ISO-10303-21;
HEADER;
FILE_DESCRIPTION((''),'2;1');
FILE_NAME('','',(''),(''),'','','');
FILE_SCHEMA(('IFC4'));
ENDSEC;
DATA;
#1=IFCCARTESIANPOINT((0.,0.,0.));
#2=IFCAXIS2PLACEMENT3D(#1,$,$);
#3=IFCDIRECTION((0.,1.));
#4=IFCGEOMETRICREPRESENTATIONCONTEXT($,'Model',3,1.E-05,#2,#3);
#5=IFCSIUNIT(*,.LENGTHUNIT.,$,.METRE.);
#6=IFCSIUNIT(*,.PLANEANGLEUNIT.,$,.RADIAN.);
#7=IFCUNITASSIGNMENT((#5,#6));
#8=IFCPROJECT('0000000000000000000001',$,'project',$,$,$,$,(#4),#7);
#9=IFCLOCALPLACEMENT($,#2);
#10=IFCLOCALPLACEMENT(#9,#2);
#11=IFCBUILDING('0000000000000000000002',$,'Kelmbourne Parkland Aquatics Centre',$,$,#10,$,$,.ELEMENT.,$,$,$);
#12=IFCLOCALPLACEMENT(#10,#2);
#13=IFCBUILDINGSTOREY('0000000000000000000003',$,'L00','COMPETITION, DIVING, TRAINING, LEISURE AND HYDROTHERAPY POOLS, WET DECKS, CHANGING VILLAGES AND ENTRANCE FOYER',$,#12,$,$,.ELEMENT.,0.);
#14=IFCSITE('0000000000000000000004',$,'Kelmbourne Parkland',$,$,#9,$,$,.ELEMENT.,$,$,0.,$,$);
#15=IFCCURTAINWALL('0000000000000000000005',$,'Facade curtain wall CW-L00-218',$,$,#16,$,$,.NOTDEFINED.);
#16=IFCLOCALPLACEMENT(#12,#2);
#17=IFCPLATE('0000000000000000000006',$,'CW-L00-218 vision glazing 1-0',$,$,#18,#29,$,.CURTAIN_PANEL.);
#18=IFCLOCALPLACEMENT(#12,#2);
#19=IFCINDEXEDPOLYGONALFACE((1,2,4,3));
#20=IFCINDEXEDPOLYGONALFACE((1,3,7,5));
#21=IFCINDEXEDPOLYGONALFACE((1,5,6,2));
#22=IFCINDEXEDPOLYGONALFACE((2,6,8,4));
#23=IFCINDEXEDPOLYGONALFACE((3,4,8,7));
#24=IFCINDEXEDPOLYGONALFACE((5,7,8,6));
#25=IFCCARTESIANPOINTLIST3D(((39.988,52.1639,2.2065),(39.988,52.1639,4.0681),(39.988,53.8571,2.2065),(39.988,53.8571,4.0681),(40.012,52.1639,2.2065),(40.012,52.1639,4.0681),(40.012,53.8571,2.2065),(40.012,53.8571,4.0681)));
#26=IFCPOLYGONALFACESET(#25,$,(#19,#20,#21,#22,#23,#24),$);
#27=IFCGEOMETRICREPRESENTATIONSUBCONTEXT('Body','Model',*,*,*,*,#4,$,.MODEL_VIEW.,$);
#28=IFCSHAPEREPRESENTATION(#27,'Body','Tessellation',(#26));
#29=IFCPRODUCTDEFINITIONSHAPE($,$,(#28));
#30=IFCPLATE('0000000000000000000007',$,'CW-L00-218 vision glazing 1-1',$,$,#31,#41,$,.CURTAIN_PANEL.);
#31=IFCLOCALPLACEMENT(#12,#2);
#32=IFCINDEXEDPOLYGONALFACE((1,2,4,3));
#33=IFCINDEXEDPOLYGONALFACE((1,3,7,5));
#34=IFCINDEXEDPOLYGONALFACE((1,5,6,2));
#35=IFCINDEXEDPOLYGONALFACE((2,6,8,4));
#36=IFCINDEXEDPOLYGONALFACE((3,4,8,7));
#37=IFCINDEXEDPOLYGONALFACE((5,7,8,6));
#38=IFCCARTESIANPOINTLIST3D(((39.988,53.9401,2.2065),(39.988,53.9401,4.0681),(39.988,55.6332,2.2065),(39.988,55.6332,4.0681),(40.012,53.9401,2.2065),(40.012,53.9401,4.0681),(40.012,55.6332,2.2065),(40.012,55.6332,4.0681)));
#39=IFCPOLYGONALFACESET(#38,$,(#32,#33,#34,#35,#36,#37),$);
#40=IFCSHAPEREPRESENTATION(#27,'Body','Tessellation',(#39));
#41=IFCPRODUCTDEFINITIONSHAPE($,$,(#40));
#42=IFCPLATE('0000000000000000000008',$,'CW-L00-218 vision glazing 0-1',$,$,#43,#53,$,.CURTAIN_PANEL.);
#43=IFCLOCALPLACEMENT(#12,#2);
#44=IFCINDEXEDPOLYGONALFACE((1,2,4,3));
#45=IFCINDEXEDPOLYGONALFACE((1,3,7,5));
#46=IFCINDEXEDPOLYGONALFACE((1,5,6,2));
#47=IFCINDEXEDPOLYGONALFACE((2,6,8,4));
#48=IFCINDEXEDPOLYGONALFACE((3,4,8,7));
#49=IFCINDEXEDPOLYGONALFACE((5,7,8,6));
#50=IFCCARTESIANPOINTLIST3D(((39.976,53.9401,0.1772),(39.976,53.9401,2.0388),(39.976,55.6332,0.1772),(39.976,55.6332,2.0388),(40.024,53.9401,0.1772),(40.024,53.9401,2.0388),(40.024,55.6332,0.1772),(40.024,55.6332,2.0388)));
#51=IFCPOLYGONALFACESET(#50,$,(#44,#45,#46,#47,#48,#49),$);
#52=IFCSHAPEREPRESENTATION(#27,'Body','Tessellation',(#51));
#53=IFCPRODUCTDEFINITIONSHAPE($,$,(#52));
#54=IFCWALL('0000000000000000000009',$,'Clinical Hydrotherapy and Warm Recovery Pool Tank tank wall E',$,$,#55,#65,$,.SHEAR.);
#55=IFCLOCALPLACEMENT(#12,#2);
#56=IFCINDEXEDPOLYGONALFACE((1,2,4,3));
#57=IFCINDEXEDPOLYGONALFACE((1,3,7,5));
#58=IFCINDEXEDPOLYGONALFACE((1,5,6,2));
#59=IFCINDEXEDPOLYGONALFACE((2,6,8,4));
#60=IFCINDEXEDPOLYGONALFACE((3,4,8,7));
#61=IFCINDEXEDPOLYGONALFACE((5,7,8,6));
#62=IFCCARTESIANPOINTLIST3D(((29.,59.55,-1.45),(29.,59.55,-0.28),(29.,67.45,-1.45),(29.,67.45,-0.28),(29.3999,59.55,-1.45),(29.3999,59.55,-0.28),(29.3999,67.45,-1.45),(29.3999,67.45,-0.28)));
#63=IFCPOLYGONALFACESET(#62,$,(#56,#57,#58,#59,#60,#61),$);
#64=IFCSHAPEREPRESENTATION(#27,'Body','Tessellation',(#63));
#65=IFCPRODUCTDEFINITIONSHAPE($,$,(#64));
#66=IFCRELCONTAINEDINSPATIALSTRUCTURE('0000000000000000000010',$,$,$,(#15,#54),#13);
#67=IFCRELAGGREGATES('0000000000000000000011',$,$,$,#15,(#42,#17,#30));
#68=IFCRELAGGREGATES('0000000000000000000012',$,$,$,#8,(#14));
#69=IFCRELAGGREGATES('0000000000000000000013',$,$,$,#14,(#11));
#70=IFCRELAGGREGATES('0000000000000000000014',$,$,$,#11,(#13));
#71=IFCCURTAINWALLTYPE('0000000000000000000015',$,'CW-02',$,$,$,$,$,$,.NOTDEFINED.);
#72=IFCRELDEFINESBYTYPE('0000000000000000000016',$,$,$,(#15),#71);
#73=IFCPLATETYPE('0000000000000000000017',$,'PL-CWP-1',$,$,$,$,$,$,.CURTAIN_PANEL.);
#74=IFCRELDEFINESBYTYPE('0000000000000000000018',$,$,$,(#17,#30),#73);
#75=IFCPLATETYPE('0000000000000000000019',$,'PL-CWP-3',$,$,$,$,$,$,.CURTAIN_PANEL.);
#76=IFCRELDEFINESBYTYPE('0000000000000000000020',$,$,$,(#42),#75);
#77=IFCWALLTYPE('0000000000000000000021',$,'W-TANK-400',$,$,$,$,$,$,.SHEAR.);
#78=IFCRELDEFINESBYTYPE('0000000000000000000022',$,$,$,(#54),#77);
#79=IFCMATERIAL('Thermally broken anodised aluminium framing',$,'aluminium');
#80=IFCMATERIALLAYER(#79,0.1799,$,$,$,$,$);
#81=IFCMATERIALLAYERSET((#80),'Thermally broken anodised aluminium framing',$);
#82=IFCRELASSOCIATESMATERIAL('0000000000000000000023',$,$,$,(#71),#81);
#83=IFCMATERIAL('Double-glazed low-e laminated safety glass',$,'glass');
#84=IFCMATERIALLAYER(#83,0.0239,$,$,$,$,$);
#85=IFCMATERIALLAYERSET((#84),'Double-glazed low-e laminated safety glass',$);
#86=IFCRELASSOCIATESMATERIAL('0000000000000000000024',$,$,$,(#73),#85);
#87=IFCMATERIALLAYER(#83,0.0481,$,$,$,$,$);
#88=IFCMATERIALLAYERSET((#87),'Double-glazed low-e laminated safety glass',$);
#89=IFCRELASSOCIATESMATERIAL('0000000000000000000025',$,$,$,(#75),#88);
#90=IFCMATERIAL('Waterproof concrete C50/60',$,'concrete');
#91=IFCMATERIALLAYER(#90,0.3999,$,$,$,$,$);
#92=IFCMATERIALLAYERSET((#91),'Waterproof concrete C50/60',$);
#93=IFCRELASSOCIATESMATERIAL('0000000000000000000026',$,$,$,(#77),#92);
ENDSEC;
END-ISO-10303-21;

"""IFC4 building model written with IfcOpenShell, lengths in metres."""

from ifc_helpers import new_model, si_unit, direction, frame, frame_2d, origin, origin_2d, place, context, subcontext, project, spatial, rectangle, extrude, material, layer, layer_set, type_object, element, aggregate, save


model = new_model("IFC4")

# Units and contexts
model_context = context("Model", 3, precision=1e-05, world=origin(), true_north=direction((0.0, 1.0)))
body_context = subcontext(model_context, "Body", "Model", "MODEL_VIEW")
ifc_project = project(units=[si_unit("LENGTHUNIT", "METRE"), si_unit("PLANEANGLEUNIT", "RADIAN")], contexts=[model_context])

# Site, building, storey
site_placement = place(None, origin())
site = spatial("IfcSite", under=ifc_project, at=site_placement, Name="Kelmbourne Parkland", CompositionType="ELEMENT", RefElevation=0.0)
building_placement = place(site_placement, origin())
building = spatial("IfcBuilding", under=site, at=building_placement, Name="Kelmbourne Parkland Aquatics Centre", CompositionType="ELEMENT")
storey_placement = place(building_placement, origin())
storey = spatial("IfcBuildingStorey", under=building, at=storey_placement, Name="L00", Description="COMPETITION, DIVING, TRAINING, LEISURE AND HYDROTHERAPY POOLS, WET DECKS, CHANGING VILLAGES AND ENTRANCE FOYER", CompositionType="ELEMENT", Elevation=0.0)

# Curtain wall, plates
ifc_material_1 = material(Name="Thermally broken anodised aluminium framing", Category="aluminium")
ifc_layer_1 = layer(ifc_material_1, 0.1799)
ifc_layer_set_1 = layer_set([ifc_layer_1], Name="Thermally broken anodised aluminium framing")
curtain_wall_type = type_object("IfcCurtainWallType", Name="CW-02", PredefinedType="NOTDEFINED", material=ifc_layer_set_1)
curtain_wall_placement = place(storey_placement, origin())
curtain_wall = element("IfcCurtainWall", 1, at=curtain_wall_placement, inside=storey, type_object=curtain_wall_type, Name="Facade curtain wall CW-L00-218", PredefinedType="NOTDEFINED")
ifc_material_2 = material(Name="Double-glazed low-e laminated safety glass", Category="glass")
ifc_layer_2 = layer(ifc_material_2, 0.0239)
ifc_layer_set_2 = layer_set([ifc_layer_2], Name="Double-glazed low-e laminated safety glass")
plate_type_1 = type_object("IfcPlateType", Name="PL-CWP-1", PredefinedType="CURTAIN_PANEL", material=ifc_layer_set_2)
plate_1_placement = place(storey_placement, frame((40.0, 53.0105, 2.2065), z_axis=(0.0, 0.0, 1.0), x_axis=(0.0, 1.0, 0.0)))
plate_1 = element("IfcPlate", 2, at=plate_1_placement, type_object=plate_type_1, Name="CW-L00-218 vision glazing 1-0", PredefinedType="CURTAIN_PANEL", context=body_context, shape_type="SweptSolid", body=[
    extrude(rectangle(XDim=1.6931, YDim=0.0239, at=origin_2d()), origin(), (0.0, 0.0, 1.0), 1.8616),
])
plate_2_placement = place(storey_placement, frame((40.0, 54.7866, 2.2065), z_axis=(0.0, 0.0, 1.0), x_axis=(0.0, 1.0, 0.0)))
plate_2 = element("IfcPlate", 3, at=plate_2_placement, type_object=plate_type_1, Name="CW-L00-218 vision glazing 1-1", PredefinedType="CURTAIN_PANEL", context=body_context, shape_type="SweptSolid", body=[
    extrude(rectangle(XDim=1.6931, YDim=0.0239, at=origin_2d()), origin(), (0.0, 0.0, 1.0), 1.8616),
])
ifc_layer_3 = layer(ifc_material_2, 0.0481)
ifc_layer_set_3 = layer_set([ifc_layer_3], Name="Double-glazed low-e laminated safety glass")
plate_type_2 = type_object("IfcPlateType", Name="PL-CWP-3", PredefinedType="CURTAIN_PANEL", material=ifc_layer_set_3)
plate_3_placement = place(storey_placement, frame((40.0, 54.7866, 0.1772), z_axis=(0.0, 0.0, 1.0), x_axis=(0.0, 1.0, 0.0)))
plate_3 = element("IfcPlate", 4, at=plate_3_placement, type_object=plate_type_2, Name="CW-L00-218 vision glazing 0-1", PredefinedType="CURTAIN_PANEL", context=body_context, shape_type="SweptSolid", body=[
    extrude(rectangle(XDim=1.6931, YDim=0.0481, at=origin_2d()), origin(), (0.0, 0.0, 1.0), 1.8616),
])
aggregate(curtain_wall, [plate_3, plate_1, plate_2])

# Wall
ifc_material_3 = material(Name="Waterproof concrete C50/60", Category="concrete")
ifc_layer_4 = layer(ifc_material_3, 0.3999)
ifc_layer_set_4 = layer_set([ifc_layer_4], Name="Waterproof concrete C50/60")
wall_type = type_object("IfcWallType", Name="W-TANK-400", PredefinedType="SHEAR", material=ifc_layer_set_4)
wall_placement = place(storey_placement, frame((29.2, 59.55, -1.45), z_axis=(0.0, 0.0, 1.0), x_axis=(0.0, 1.0, 0.0)))
element("IfcWall", 5, at=wall_placement, inside=storey, type_object=wall_type, Name="Clinical Hydrotherapy and Warm Recovery Pool Tank tank wall E", PredefinedType="SHEAR", context=body_context, shape_type="SweptSolid", body=[
    extrude(rectangle(XDim=7.8999, YDim=0.3999, at=frame_2d((3.95, 0.0))), origin(), (0.0, 0.0, 1.0), 1.1699),
])

save(model, "model.ifc")
